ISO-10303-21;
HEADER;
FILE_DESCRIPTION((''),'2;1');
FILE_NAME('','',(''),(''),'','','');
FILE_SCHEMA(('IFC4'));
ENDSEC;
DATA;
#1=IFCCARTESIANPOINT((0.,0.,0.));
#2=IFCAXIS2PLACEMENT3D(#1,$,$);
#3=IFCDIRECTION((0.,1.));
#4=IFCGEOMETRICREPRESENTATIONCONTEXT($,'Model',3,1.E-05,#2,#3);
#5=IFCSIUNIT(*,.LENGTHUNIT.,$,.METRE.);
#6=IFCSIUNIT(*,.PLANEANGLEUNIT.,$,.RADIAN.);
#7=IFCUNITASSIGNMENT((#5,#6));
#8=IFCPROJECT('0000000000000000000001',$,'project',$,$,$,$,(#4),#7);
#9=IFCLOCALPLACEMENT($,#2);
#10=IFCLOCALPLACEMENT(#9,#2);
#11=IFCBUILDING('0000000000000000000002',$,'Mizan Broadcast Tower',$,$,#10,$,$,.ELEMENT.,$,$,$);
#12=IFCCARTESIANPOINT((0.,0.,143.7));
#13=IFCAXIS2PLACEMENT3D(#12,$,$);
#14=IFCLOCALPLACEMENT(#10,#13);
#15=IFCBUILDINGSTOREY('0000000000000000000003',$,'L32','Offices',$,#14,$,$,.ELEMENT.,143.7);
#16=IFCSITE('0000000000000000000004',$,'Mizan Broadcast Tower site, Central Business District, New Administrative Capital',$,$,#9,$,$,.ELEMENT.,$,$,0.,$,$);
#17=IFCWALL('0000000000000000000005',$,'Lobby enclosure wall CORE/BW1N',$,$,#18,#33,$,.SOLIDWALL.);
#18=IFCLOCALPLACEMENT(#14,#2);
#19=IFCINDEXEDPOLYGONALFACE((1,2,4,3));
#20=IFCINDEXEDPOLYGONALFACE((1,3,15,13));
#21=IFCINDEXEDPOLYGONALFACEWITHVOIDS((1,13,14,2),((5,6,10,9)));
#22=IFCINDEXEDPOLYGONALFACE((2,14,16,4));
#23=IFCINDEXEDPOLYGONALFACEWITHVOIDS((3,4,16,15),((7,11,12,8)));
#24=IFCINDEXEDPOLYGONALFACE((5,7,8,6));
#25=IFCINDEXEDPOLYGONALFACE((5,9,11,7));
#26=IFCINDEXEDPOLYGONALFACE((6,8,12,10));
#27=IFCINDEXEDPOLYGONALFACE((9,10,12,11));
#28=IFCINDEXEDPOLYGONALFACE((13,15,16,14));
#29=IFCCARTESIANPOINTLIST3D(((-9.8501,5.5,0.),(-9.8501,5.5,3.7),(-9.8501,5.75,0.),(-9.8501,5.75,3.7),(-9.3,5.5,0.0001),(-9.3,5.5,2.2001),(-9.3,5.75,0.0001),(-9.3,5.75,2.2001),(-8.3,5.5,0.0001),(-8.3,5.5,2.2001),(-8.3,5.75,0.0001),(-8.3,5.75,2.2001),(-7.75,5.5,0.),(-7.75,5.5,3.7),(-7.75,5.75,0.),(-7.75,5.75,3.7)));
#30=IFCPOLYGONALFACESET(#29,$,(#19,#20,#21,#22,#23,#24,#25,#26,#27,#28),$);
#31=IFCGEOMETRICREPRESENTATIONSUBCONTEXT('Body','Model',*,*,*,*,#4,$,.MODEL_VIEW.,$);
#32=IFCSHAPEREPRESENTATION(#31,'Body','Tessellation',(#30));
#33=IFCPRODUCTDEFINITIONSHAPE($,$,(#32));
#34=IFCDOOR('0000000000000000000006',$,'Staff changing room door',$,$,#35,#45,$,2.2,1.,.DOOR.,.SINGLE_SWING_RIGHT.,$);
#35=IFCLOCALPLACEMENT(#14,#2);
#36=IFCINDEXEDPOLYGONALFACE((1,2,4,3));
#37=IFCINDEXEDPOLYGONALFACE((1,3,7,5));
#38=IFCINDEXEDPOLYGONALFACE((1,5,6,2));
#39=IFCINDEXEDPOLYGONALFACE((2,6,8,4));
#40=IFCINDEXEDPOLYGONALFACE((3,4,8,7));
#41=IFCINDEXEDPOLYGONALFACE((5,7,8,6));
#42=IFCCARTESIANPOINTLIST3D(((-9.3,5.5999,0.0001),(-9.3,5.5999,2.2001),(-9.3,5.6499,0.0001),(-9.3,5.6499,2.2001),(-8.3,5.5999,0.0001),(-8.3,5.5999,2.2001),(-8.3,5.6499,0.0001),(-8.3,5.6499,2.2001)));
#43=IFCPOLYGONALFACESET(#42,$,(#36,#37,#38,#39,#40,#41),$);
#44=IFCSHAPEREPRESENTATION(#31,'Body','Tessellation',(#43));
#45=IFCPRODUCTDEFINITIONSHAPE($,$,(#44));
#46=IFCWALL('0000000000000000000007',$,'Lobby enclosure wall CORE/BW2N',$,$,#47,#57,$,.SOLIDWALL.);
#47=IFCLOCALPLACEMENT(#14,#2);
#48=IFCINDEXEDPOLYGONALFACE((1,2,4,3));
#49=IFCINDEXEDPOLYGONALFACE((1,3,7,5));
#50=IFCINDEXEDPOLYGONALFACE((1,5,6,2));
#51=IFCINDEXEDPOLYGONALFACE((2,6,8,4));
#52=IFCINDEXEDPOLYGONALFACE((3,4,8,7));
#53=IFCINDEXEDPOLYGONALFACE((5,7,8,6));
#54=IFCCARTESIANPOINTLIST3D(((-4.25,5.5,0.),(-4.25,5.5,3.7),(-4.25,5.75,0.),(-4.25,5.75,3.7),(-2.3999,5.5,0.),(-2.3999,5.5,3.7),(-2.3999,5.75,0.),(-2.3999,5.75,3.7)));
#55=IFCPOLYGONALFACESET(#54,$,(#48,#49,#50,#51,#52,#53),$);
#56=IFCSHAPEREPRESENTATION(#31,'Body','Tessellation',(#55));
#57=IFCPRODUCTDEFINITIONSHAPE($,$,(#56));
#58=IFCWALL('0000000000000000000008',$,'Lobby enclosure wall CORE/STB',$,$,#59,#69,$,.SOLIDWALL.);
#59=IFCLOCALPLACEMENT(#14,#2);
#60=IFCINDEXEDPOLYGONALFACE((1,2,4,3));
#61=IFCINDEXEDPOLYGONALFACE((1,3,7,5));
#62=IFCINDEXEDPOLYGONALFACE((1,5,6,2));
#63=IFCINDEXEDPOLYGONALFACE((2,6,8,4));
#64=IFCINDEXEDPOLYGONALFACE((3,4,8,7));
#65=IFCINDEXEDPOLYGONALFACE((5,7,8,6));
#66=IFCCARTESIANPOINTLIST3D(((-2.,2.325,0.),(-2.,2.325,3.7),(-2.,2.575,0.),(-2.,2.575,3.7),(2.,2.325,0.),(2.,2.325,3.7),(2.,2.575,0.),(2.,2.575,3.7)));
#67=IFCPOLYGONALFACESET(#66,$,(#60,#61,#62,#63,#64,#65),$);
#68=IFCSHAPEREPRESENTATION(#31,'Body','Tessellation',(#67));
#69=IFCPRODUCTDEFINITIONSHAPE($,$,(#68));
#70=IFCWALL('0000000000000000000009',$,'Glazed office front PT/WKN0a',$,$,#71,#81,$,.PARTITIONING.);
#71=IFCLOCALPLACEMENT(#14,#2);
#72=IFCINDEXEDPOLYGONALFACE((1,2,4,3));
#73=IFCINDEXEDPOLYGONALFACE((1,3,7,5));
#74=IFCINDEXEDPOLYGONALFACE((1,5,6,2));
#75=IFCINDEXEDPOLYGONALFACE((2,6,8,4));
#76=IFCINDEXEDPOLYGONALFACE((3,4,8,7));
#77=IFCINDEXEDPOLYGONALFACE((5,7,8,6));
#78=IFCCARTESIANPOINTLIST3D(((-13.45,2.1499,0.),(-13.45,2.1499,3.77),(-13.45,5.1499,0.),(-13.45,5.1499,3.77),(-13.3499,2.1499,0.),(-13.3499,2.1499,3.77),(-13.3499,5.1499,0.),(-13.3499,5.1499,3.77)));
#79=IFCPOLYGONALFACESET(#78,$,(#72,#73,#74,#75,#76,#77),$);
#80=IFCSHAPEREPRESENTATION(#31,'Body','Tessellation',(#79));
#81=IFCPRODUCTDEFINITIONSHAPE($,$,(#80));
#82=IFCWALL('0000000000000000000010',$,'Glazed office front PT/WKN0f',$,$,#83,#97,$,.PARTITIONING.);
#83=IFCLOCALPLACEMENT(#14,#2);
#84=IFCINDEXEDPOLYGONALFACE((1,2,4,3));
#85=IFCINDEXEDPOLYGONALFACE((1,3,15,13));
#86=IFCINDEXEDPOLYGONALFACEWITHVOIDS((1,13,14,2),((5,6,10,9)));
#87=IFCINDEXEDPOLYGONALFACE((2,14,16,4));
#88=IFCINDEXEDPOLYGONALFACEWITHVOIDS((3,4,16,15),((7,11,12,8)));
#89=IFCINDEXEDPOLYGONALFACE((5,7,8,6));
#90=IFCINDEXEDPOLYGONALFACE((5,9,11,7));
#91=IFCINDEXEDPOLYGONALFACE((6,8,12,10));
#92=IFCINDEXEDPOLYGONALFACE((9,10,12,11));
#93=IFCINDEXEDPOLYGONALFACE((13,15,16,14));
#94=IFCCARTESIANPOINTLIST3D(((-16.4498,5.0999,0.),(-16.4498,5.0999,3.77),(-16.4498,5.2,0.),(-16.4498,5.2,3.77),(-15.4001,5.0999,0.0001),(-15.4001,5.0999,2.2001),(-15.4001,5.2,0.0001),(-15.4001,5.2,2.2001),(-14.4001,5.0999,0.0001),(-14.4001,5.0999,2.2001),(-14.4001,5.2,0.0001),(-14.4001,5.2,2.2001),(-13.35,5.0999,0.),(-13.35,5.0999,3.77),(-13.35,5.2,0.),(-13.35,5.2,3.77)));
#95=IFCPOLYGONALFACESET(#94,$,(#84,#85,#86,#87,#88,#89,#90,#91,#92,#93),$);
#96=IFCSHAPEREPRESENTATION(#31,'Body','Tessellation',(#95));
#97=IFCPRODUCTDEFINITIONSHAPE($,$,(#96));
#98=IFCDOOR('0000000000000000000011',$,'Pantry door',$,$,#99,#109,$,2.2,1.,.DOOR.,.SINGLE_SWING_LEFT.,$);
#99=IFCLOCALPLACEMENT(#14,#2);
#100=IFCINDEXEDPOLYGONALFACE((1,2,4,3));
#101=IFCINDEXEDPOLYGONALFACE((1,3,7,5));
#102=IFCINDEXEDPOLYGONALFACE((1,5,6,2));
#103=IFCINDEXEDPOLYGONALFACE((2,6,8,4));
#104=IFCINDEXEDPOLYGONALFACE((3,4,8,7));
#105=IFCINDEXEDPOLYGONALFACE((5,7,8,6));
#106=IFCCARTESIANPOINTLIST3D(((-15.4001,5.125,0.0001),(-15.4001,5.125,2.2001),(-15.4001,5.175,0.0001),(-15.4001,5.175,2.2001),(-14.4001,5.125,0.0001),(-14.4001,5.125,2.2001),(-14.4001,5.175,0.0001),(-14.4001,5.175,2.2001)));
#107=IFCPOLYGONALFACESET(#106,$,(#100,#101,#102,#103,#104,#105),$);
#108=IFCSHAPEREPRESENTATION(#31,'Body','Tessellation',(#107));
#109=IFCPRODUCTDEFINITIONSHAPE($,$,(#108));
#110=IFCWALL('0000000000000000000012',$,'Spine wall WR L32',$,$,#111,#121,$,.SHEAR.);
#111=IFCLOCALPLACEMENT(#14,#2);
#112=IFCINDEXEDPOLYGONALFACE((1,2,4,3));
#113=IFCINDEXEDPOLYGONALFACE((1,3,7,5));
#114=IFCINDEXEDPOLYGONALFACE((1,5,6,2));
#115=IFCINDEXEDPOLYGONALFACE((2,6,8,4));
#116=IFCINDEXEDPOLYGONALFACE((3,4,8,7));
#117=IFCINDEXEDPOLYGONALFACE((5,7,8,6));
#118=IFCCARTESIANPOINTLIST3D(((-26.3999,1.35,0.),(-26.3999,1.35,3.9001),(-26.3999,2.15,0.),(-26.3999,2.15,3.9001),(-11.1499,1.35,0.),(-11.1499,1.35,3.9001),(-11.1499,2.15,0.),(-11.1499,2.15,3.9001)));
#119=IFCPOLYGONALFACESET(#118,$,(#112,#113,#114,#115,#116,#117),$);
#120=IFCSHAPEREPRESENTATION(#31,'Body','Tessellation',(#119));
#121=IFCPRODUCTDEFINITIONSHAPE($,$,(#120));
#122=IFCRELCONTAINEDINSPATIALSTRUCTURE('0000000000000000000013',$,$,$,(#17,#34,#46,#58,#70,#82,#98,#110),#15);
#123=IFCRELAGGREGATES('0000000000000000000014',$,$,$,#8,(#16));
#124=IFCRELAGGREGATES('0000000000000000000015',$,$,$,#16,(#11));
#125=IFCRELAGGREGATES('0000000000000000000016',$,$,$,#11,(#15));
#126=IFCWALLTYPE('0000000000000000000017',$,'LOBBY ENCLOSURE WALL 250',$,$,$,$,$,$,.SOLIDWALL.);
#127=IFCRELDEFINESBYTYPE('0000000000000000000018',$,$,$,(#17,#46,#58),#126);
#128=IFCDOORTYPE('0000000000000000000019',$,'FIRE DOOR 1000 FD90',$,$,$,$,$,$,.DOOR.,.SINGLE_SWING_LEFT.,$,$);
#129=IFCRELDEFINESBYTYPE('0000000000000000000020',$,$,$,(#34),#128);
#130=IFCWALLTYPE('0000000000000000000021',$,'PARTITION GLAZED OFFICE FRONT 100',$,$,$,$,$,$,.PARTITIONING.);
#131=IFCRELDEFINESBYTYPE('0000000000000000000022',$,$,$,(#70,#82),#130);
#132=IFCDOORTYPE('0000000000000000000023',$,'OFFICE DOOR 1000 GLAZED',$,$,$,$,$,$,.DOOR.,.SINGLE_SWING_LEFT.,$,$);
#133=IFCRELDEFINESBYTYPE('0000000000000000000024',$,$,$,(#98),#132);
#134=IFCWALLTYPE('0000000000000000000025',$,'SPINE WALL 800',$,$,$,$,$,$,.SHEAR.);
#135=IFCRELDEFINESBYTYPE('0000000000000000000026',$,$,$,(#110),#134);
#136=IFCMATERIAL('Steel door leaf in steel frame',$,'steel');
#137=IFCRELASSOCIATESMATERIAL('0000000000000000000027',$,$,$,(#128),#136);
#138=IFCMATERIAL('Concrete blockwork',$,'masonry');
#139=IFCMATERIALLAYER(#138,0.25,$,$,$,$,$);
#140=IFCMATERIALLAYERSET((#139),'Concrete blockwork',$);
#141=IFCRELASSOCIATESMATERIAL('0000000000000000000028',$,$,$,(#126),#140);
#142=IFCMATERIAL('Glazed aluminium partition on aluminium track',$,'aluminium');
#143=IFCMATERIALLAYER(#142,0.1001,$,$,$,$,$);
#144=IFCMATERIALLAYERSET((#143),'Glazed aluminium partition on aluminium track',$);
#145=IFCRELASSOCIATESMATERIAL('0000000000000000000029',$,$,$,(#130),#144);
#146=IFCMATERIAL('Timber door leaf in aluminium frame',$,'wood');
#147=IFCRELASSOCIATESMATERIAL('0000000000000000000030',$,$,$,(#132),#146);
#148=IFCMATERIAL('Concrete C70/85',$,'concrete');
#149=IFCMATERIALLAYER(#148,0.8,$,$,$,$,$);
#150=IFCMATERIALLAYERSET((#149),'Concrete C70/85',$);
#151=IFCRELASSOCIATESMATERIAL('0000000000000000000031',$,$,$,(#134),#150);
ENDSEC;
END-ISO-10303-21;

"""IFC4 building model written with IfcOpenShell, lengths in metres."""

from ifc_helpers import new_model, si_unit, direction, frame, frame_2d, origin, place, context, subcontext, project, spatial, rectangle, extrude, material, layer, layer_set, type_object, element, fill, save


model = new_model("IFC4")

# Units and contexts
model_context = context("Model", 3, precision=1e-05, world=origin(), true_north=direction((0.0, 1.0)))
body_context = subcontext(model_context, "Body", "Model", "MODEL_VIEW")
ifc_project = project(units=[si_unit("LENGTHUNIT", "METRE"), si_unit("PLANEANGLEUNIT", "RADIAN")], contexts=[model_context])

# Site, building, storey
site_placement = place(None, origin())
site = spatial("IfcSite", under=ifc_project, at=site_placement, Name="Mizan Broadcast Tower site, Central Business District, New Administrative Capital", CompositionType="ELEMENT", RefElevation=0.0)
building_placement = place(site_placement, origin())
building = spatial("IfcBuilding", under=site, at=building_placement, Name="Mizan Broadcast Tower", CompositionType="ELEMENT")
storey_placement = place(building_placement, frame((0.0, 0.0, 143.7)))
storey = spatial("IfcBuildingStorey", under=building, at=storey_placement, Name="L32", Description="Offices", CompositionType="ELEMENT", Elevation=143.7)

# Shared definitions
ifc_material_1 = material(Name="Steel door leaf in steel frame", Category="steel")
door_type_1 = type_object("IfcDoorType", Name="FIRE DOOR 1000 FD90", OperationType="SINGLE_SWING_LEFT", PredefinedType="DOOR", material=ifc_material_1)

# Wall, opening, door
ifc_material_2 = material(Name="Concrete blockwork", Category="masonry")
ifc_layer_1 = layer(ifc_material_2, 0.25)
ifc_layer_set_1 = layer_set([ifc_layer_1], Name="Concrete blockwork")
wall_type_1 = type_object("IfcWallType", Name="LOBBY ENCLOSURE WALL 250", PredefinedType="SOLIDWALL", material=ifc_layer_set_1)
wall_1_placement = place(storey_placement, frame((-9.8501, 5.625, 0.0), z_axis=(0.0, 0.0, 1.0), x_axis=(1.0, 0.0, 0.0)))
wall_1 = element("IfcWall", 1, at=wall_1_placement, inside=storey, type_object=wall_type_1, Name="Lobby enclosure wall CORE/BW1N", PredefinedType="SOLIDWALL", context=body_context, shape_type="SweptSolid", body=[
    extrude(rectangle(XDim=2.1001, YDim=0.25, at=frame_2d((1.05, 0.0))), origin(), (0.0, 0.0, 1.0), 3.7),
])
opening_1_placement = place(wall_1_placement, frame((0.55, 0.0, 0.0)))
opening_1 = element("IfcOpeningElement", 2, at=opening_1_placement, cuts=wall_1, PredefinedType="OPENING", context=body_context, shape_type="SweptSolid", body=[
    extrude(rectangle(XDim=1.0, YDim=2.2, at=frame_2d((0.5, 1.1001))), frame((0.0, 0.135, 0.0), z_axis=(0.0, -1.0, 0.0), x_axis=(1.0, 0.0, 0.0)), (0.0, 0.0, 1.0), 0.27),
])
door_1_placement = place(opening_1_placement, origin())
door_1 = element("IfcDoor", 3, at=door_1_placement, inside=storey, type_object=door_type_1, Name="Staff changing room door", OperationType="SINGLE_SWING_RIGHT", OverallHeight=2.2, OverallWidth=1.0, PredefinedType="DOOR", context=body_context, shape_type="SweptSolid", body=[
    extrude(rectangle(XDim=1.0, YDim=2.2, at=frame_2d((0.5, 1.1001))), frame((0.0, 0.0249, 0.0), z_axis=(0.0, -1.0, 0.0), x_axis=(1.0, 0.0, 0.0)), (0.0, 0.0, 1.0), 0.05),
])
fill(opening_1, door_1)

# Walls
wall_2_placement = place(storey_placement, frame((-4.25, 5.625, 0.0), z_axis=(0.0, 0.0, 1.0), x_axis=(1.0, 0.0, 0.0)))
element("IfcWall", 4, at=wall_2_placement, inside=storey, type_object=wall_type_1, Name="Lobby enclosure wall CORE/BW2N", PredefinedType="SOLIDWALL", context=body_context, shape_type="SweptSolid", body=[
    extrude(rectangle(XDim=1.8501, YDim=0.25, at=frame_2d((0.925, 0.0))), origin(), (0.0, 0.0, 1.0), 3.7),
])
wall_3_placement = place(storey_placement, frame((-2.0, 2.45, 0.0), z_axis=(0.0, 0.0, 1.0), x_axis=(1.0, 0.0, 0.0)))
element("IfcWall", 5, at=wall_3_placement, inside=storey, type_object=wall_type_1, Name="Lobby enclosure wall CORE/STB", PredefinedType="SOLIDWALL", context=body_context, shape_type="SweptSolid", body=[
    extrude(rectangle(XDim=4.0, YDim=0.25, at=frame_2d((2.0, 0.0))), origin(), (0.0, 0.0, 1.0), 3.7),
])
ifc_material_3 = material(Name="Glazed aluminium partition on aluminium track", Category="aluminium")
ifc_layer_2 = layer(ifc_material_3, 0.1001)
ifc_layer_set_2 = layer_set([ifc_layer_2], Name="Glazed aluminium partition on aluminium track")
wall_type_2 = type_object("IfcWallType", Name="PARTITION GLAZED OFFICE FRONT 100", PredefinedType="PARTITIONING", material=ifc_layer_set_2)
wall_4_placement = place(storey_placement, frame((-13.3999, 2.1499, 0.0), z_axis=(0.0, 0.0, 1.0), x_axis=(0.0, 1.0, 0.0)))
element("IfcWall", 6, at=wall_4_placement, inside=storey, type_object=wall_type_2, Name="Glazed office front PT/WKN0a", PredefinedType="PARTITIONING", context=body_context, shape_type="SweptSolid", body=[
    extrude(rectangle(XDim=3.0, YDim=0.1001, at=frame_2d((1.5, 0.0))), origin(), (0.0, 0.0, 1.0), 3.77),
])

# Wall, opening, door
wall_5_placement = place(storey_placement, frame((-13.3501, 5.1499, 0.0), z_axis=(0.0, 0.0, 1.0), x_axis=(-1.0, 0.0, 0.0)))
wall_5 = element("IfcWall", 7, at=wall_5_placement, inside=storey, type_object=wall_type_2, Name="Glazed office front PT/WKN0f", PredefinedType="PARTITIONING", context=body_context, shape_type="SweptSolid", body=[
    extrude(rectangle(XDim=3.0999, YDim=0.1001, at=frame_2d((1.5498, 0.0))), origin(), (0.0, 0.0, 1.0), 3.77),
])
opening_2_placement = place(wall_5_placement, frame((1.05, 0.0, 0.0)))
opening_2 = element("IfcOpeningElement", 8, at=opening_2_placement, cuts=wall_5, PredefinedType="OPENING", context=body_context, shape_type="SweptSolid", body=[
    extrude(rectangle(XDim=1.0, YDim=2.2, at=frame_2d((0.5, 1.1001))), frame((0.0, 0.0601, 0.0), z_axis=(0.0, -1.0, 0.0), x_axis=(1.0, 0.0, 0.0)), (0.0, 0.0, 1.0), 0.1201),
])
ifc_material_4 = material(Name="Timber door leaf in aluminium frame", Category="wood")
door_type_2 = type_object("IfcDoorType", Name="OFFICE DOOR 1000 GLAZED", OperationType="SINGLE_SWING_LEFT", PredefinedType="DOOR", material=ifc_material_4)
door_2_placement = place(opening_2_placement, origin())
door_2 = element("IfcDoor", 9, at=door_2_placement, inside=storey, type_object=door_type_2, Name="Pantry door", OperationType="SINGLE_SWING_LEFT", OverallHeight=2.2, OverallWidth=1.0, PredefinedType="DOOR", context=body_context, shape_type="SweptSolid", body=[
    extrude(rectangle(XDim=1.0, YDim=2.2, at=frame_2d((0.5, 1.1001))), frame((0.0, 0.0249, 0.0), z_axis=(0.0, -1.0, 0.0), x_axis=(1.0, 0.0, 0.0)), (0.0, 0.0, 1.0), 0.05),
])
fill(opening_2, door_2)

# Wall
ifc_material_5 = material(Name="Concrete C70/85", Category="concrete")
ifc_layer_3 = layer(ifc_material_5, 0.8)
ifc_layer_set_3 = layer_set([ifc_layer_3], Name="Concrete C70/85")
wall_type_3 = type_object("IfcWallType", Name="SPINE WALL 800", PredefinedType="SHEAR", material=ifc_layer_set_3)
wall_6_placement = place(storey_placement, frame((-11.1499, 1.75, 0.0), z_axis=(0.0, 0.0, 1.0), x_axis=(-1.0, 0.0, 0.0)))
element("IfcWall", 10, at=wall_6_placement, inside=storey, type_object=wall_type_3, Name="Spine wall WR L32", PredefinedType="SHEAR", context=body_context, shape_type="SweptSolid", body=[
    extrude(rectangle(XDim=15.25, YDim=0.8, at=frame_2d((7.625, 0.0))), origin(), (0.0, 0.0, 1.0), 3.9001),
])

save(model, "model.ifc")
